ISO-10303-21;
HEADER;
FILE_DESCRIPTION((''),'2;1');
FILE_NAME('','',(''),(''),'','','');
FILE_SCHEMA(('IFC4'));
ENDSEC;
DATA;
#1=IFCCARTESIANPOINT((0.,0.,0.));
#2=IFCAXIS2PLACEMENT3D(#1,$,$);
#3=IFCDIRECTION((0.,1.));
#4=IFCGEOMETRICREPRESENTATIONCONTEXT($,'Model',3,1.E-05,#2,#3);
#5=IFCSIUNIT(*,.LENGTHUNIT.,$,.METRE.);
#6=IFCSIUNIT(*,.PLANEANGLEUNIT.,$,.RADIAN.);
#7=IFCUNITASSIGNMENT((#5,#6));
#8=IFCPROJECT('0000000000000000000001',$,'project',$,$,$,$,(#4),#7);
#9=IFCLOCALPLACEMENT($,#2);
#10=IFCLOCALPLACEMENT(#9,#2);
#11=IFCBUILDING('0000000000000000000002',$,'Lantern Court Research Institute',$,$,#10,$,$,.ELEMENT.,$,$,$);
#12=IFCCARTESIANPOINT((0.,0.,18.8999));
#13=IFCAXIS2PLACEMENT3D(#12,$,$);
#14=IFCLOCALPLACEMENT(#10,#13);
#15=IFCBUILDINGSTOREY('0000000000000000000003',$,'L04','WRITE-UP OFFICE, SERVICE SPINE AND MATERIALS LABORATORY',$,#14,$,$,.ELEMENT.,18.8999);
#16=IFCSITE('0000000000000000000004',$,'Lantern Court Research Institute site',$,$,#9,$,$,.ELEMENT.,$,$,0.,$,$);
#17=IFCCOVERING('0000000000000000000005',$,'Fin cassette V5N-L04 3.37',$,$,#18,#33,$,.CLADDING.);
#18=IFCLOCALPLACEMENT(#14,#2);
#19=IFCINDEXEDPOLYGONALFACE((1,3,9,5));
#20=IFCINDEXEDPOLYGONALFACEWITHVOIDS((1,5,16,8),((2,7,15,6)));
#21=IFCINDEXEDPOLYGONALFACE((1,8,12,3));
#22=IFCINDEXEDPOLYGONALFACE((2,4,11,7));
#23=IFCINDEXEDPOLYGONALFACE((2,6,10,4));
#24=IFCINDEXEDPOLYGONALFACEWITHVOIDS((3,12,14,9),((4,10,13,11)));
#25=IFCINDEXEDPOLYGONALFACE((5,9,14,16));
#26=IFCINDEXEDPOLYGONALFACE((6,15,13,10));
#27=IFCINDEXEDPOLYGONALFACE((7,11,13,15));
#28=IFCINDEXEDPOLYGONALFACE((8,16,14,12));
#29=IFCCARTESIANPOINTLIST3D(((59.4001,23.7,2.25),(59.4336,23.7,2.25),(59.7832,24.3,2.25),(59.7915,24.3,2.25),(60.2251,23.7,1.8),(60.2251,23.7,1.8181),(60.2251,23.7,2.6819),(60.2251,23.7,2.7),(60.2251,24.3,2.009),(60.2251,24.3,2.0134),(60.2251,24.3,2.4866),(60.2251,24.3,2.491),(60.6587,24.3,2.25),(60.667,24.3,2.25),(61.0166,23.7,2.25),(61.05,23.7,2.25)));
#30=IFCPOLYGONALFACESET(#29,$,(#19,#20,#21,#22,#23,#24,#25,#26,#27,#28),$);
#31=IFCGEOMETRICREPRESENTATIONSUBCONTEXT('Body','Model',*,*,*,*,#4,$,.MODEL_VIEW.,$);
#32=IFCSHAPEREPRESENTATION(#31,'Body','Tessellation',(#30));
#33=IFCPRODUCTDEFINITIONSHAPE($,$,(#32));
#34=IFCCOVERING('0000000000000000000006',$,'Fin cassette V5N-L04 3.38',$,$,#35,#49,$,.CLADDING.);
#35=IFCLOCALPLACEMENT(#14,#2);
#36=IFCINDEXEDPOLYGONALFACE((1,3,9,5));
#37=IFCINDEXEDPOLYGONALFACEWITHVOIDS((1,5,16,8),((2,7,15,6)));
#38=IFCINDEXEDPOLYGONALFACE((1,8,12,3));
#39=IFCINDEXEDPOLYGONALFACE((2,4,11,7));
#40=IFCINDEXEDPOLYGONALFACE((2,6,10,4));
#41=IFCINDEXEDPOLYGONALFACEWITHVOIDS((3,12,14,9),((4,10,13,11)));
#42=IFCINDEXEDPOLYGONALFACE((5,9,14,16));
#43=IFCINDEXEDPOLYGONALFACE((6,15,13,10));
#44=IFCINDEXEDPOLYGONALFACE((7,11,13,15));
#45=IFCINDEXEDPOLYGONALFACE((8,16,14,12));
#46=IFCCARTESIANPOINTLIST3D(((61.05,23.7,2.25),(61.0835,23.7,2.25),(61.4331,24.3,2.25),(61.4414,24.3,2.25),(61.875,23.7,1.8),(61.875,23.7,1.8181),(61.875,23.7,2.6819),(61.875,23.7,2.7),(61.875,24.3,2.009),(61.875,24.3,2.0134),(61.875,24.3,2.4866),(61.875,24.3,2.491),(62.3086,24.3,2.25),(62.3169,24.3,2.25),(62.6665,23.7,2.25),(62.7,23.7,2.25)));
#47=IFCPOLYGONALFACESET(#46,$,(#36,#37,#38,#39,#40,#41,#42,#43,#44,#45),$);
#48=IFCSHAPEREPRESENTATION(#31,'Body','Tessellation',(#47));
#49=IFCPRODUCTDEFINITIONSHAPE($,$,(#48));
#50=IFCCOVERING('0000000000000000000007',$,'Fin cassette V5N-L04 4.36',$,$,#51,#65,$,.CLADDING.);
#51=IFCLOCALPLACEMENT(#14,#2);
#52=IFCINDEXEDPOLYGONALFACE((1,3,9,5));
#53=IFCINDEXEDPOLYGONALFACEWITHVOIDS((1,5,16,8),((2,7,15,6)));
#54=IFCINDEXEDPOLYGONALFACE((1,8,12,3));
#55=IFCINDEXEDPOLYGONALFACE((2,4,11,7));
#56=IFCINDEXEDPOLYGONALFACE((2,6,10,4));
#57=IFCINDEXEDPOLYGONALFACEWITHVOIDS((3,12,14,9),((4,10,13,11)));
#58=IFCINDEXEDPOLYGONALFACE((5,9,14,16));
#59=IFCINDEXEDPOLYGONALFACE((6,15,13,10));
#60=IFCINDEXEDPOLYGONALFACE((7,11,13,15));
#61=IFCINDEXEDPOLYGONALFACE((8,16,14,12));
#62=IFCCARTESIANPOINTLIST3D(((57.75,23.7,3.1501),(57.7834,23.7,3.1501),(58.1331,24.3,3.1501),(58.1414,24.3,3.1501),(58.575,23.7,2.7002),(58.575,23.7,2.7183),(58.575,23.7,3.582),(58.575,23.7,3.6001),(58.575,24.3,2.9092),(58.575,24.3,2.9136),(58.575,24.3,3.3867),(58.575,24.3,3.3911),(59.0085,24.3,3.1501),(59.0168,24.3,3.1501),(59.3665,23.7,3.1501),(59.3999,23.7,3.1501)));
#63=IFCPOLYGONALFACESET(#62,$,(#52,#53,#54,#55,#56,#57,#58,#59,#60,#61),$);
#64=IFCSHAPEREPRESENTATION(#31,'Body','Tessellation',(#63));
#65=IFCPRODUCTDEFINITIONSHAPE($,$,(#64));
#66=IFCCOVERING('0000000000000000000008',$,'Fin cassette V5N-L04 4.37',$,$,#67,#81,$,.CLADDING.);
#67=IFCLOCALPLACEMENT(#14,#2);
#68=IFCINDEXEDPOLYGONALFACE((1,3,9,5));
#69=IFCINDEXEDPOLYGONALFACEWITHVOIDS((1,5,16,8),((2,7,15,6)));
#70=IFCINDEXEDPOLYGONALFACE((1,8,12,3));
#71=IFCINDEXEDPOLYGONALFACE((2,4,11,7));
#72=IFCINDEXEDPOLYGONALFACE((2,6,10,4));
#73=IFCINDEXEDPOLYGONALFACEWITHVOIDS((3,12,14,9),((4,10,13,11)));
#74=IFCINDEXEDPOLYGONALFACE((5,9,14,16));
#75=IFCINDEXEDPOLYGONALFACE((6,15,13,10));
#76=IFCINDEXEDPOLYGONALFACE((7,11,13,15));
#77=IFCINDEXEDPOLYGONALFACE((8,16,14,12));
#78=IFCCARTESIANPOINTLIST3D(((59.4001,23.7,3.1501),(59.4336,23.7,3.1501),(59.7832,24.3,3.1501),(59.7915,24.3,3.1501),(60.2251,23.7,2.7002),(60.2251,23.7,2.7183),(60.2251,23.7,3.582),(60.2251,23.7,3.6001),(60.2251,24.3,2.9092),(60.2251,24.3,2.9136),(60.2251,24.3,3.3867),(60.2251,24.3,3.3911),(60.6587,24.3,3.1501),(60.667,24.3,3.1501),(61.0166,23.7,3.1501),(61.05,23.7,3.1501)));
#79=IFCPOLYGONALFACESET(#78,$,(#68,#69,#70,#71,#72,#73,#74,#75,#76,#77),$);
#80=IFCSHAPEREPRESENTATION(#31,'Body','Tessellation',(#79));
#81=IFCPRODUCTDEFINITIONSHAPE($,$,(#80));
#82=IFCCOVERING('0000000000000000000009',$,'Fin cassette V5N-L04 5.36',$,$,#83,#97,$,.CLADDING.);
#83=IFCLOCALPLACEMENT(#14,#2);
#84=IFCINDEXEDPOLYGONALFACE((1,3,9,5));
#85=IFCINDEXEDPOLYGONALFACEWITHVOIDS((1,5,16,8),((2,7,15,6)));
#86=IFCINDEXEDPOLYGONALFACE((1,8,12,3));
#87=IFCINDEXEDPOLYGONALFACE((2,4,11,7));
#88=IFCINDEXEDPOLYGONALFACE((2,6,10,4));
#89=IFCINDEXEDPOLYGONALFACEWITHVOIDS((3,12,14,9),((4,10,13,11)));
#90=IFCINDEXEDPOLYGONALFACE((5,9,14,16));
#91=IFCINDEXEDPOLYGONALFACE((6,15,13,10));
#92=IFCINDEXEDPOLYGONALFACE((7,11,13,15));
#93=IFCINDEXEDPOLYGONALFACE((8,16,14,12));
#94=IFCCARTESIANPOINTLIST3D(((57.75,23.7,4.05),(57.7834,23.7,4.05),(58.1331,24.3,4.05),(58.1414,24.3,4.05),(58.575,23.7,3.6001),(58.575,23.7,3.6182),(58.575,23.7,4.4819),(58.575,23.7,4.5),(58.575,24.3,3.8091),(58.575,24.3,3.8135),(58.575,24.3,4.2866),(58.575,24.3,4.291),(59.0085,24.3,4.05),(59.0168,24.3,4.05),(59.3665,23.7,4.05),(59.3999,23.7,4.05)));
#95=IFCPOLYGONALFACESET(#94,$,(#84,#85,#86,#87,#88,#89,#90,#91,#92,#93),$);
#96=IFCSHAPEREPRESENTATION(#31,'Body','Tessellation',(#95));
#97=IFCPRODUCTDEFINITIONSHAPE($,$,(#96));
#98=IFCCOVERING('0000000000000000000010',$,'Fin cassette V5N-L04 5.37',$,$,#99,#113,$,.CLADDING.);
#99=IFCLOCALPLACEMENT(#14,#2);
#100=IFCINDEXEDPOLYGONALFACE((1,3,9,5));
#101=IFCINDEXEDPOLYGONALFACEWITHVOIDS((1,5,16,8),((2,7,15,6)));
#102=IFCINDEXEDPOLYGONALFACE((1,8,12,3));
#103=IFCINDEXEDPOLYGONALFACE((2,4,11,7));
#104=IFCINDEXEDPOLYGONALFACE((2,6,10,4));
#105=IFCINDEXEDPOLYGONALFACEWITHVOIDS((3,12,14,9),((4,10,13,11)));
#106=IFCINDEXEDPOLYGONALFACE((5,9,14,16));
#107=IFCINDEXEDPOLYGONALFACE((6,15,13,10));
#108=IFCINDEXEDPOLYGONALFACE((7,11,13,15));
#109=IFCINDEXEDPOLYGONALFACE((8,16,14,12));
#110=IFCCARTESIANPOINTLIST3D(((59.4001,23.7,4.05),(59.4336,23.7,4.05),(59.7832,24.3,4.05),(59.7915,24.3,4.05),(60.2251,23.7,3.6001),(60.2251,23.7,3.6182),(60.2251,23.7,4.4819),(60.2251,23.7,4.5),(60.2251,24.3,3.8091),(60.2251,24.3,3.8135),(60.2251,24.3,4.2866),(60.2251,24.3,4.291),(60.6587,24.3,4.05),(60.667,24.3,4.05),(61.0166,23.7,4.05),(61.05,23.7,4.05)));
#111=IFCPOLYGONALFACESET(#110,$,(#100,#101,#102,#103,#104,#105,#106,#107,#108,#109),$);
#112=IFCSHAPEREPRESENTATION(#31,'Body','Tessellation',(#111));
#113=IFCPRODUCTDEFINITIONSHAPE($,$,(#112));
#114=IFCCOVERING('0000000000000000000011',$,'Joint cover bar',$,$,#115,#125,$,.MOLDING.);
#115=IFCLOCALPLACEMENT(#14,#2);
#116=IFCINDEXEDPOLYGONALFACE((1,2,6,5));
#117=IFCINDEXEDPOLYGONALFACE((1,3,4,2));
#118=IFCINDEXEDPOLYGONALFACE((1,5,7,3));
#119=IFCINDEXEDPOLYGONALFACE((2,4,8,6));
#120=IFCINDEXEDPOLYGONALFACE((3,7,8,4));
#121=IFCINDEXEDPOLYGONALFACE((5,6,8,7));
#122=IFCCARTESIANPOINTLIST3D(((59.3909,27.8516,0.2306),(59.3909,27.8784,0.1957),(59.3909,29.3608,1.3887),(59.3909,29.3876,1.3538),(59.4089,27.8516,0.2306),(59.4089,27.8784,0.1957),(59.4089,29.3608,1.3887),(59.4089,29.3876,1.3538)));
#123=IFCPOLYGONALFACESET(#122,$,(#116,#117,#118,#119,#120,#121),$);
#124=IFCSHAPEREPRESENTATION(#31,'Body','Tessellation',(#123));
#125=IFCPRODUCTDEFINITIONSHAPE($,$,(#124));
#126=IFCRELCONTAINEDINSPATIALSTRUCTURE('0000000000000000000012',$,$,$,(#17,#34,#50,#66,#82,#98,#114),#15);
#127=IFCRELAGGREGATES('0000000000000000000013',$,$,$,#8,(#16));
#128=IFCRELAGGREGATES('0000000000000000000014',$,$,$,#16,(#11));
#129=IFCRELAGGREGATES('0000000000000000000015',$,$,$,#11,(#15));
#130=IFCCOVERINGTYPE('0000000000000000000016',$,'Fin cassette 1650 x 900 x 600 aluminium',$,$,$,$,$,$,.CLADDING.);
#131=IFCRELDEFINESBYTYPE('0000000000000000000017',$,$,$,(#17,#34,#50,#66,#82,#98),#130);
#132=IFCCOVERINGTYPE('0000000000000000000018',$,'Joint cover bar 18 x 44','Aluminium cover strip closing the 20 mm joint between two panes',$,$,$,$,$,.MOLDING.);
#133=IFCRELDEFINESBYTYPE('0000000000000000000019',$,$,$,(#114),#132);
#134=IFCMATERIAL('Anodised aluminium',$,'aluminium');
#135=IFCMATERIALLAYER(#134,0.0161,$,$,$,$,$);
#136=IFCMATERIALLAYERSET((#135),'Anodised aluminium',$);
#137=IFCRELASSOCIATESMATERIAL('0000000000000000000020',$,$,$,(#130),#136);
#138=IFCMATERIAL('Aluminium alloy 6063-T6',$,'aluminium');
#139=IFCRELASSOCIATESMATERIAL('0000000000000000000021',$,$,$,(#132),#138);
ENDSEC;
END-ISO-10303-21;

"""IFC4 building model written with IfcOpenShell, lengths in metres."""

from ifc_helpers import new_model, entity, si_unit, direction, frame, origin, origin_2d, place, context, subcontext, project, spatial, rectangle, extrude, material, layer, layer_set, material_profile, profile_set, type_object, element, save


model = new_model("IFC4")

# Units and contexts
model_context = context("Model", 3, precision=1e-05, world=origin(), true_north=direction((0.0, 1.0)))
body_context = subcontext(model_context, "Body", "Model", "MODEL_VIEW")
ifc_project = project(units=[si_unit("LENGTHUNIT", "METRE"), si_unit("PLANEANGLEUNIT", "RADIAN")], contexts=[model_context])

# Site, building, storey
site_placement = place(None, origin())
site = spatial("IfcSite", under=ifc_project, at=site_placement, Name="Lantern Court Research Institute site", CompositionType="ELEMENT", RefElevation=0.0)
building_placement = place(site_placement, origin())
building = spatial("IfcBuilding", under=site, at=building_placement, Name="Lantern Court Research Institute", CompositionType="ELEMENT")
storey_placement = place(building_placement, frame((0.0, 0.0, 18.8999)))
storey = spatial("IfcBuildingStorey", under=building, at=storey_placement, Name="L04", Description="WRITE-UP OFFICE, SERVICE SPINE AND MATERIALS LABORATORY", CompositionType="ELEMENT", Elevation=18.8999)

# Coverings
ifc_material_1 = material(Name="Anodised aluminium", Category="aluminium")
ifc_layer_1 = layer(ifc_material_1, 0.0161)
ifc_layer_set_1 = layer_set([ifc_layer_1], Name="Anodised aluminium")
covering_type_1 = type_object("IfcCoveringType", Name="Fin cassette 1650 x 900 x 600 aluminium", PredefinedType="CLADDING", material=ifc_layer_set_1)
covering_1_placement = place(storey_placement, frame((60.2251, 23.7, 2.25), z_axis=(0.0, 1.0, 0.0), x_axis=(-1.0, 0.0, 0.0)))
cartesian_point_1 = entity("IfcCartesianPoint", [0.825, 0.0])
cartesian_point_2 = entity("IfcCartesianPoint", [0.7915, 0.0])
cartesian_point_3 = entity("IfcCartesianPoint", [0.4419, 0.0])
cartesian_point_4 = entity("IfcCartesianPoint", [0.4336, 0.0])
element("IfcCovering", 1, at=covering_1_placement, inside=storey, type_object=covering_type_1, Name="Fin cassette V5N-L04 3.37", PredefinedType="CLADDING", context=body_context, shape_type="SweptSolid", body=[
    entity("IfcExtrudedAreaSolidTapered", entity("IfcArbitraryProfileDefWithVoids", "AREA", None, entity("IfcPolyline", [cartesian_point_1, entity("IfcCartesianPoint", [0.0, 0.45]), entity("IfcCartesianPoint", [-0.825, 0.0]), entity("IfcCartesianPoint", [0.0, -0.45]), cartesian_point_1]), [entity("IfcPolyline", [cartesian_point_2, entity("IfcCartesianPoint", [0.0, 0.4319]), entity("IfcCartesianPoint", [-0.7915, 0.0]), entity("IfcCartesianPoint", [0.0, -0.4319]), cartesian_point_2])]), entity("IfcAxis2Placement3D", entity("IfcCartesianPoint", [0.0, 0.0, 0.0])), entity("IfcDirection", [0.0, 0.0, 1.0]), 0.6001, entity("IfcArbitraryProfileDefWithVoids", "AREA", None, entity("IfcPolyline", [cartesian_point_3, entity("IfcCartesianPoint", [0.0, 0.241]), entity("IfcCartesianPoint", [-0.4419, 0.0]), entity("IfcCartesianPoint", [0.0, -0.241]), cartesian_point_3]), [entity("IfcPolyline", [cartesian_point_4, entity("IfcCartesianPoint", [0.0, 0.2366]), entity("IfcCartesianPoint", [-0.4336, 0.0]), entity("IfcCartesianPoint", [0.0, -0.2366]), cartesian_point_4])])),
])
covering_2_placement = place(storey_placement, frame((61.875, 23.7, 2.25), z_axis=(0.0, 1.0, 0.0), x_axis=(-1.0, 0.0, 0.0)))
cartesian_point_5 = entity("IfcCartesianPoint", [0.825, 0.0])
cartesian_point_6 = entity("IfcCartesianPoint", [0.7915, 0.0])
cartesian_point_7 = entity("IfcCartesianPoint", [0.4419, 0.0])
cartesian_point_8 = entity("IfcCartesianPoint", [0.4336, 0.0])
element("IfcCovering", 2, at=covering_2_placement, inside=storey, type_object=covering_type_1, Name="Fin cassette V5N-L04 3.38", PredefinedType="CLADDING", context=body_context, shape_type="SweptSolid", body=[
    entity("IfcExtrudedAreaSolidTapered", entity("IfcArbitraryProfileDefWithVoids", "AREA", None, entity("IfcPolyline", [cartesian_point_5, entity("IfcCartesianPoint", [0.0, 0.45]), entity("IfcCartesianPoint", [-0.825, 0.0]), entity("IfcCartesianPoint", [0.0, -0.45]), cartesian_point_5]), [entity("IfcPolyline", [cartesian_point_6, entity("IfcCartesianPoint", [0.0, 0.4319]), entity("IfcCartesianPoint", [-0.7915, 0.0]), entity("IfcCartesianPoint", [0.0, -0.4319]), cartesian_point_6])]), entity("IfcAxis2Placement3D", entity("IfcCartesianPoint", [0.0, 0.0, 0.0])), entity("IfcDirection", [0.0, 0.0, 1.0]), 0.6001, entity("IfcArbitraryProfileDefWithVoids", "AREA", None, entity("IfcPolyline", [cartesian_point_7, entity("IfcCartesianPoint", [0.0, 0.241]), entity("IfcCartesianPoint", [-0.4419, 0.0]), entity("IfcCartesianPoint", [0.0, -0.241]), cartesian_point_7]), [entity("IfcPolyline", [cartesian_point_8, entity("IfcCartesianPoint", [0.0, 0.2366]), entity("IfcCartesianPoint", [-0.4336, 0.0]), entity("IfcCartesianPoint", [0.0, -0.2366]), cartesian_point_8])])),
])
covering_3_placement = place(storey_placement, frame((58.575, 23.7, 3.1501), z_axis=(0.0, 1.0, 0.0), x_axis=(-1.0, 0.0, 0.0)))
cartesian_point_9 = entity("IfcCartesianPoint", [0.825, 0.0])
cartesian_point_10 = entity("IfcCartesianPoint", [0.7915, 0.0])
cartesian_point_11 = entity("IfcCartesianPoint", [0.4419, 0.0])
cartesian_point_12 = entity("IfcCartesianPoint", [0.4336, 0.0])
element("IfcCovering", 3, at=covering_3_placement, inside=storey, type_object=covering_type_1, Name="Fin cassette V5N-L04 4.36", PredefinedType="CLADDING", context=body_context, shape_type="SweptSolid", body=[
    entity("IfcExtrudedAreaSolidTapered", entity("IfcArbitraryProfileDefWithVoids", "AREA", None, entity("IfcPolyline", [cartesian_point_9, entity("IfcCartesianPoint", [0.0, 0.45]), entity("IfcCartesianPoint", [-0.825, 0.0]), entity("IfcCartesianPoint", [0.0, -0.45]), cartesian_point_9]), [entity("IfcPolyline", [cartesian_point_10, entity("IfcCartesianPoint", [0.0, 0.4319]), entity("IfcCartesianPoint", [-0.7915, 0.0]), entity("IfcCartesianPoint", [0.0, -0.4319]), cartesian_point_10])]), entity("IfcAxis2Placement3D", entity("IfcCartesianPoint", [0.0, 0.0, 0.0])), entity("IfcDirection", [0.0, 0.0, 1.0]), 0.6001, entity("IfcArbitraryProfileDefWithVoids", "AREA", None, entity("IfcPolyline", [cartesian_point_11, entity("IfcCartesianPoint", [0.0, 0.241]), entity("IfcCartesianPoint", [-0.4419, 0.0]), entity("IfcCartesianPoint", [0.0, -0.241]), cartesian_point_11]), [entity("IfcPolyline", [cartesian_point_12, entity("IfcCartesianPoint", [0.0, 0.2366]), entity("IfcCartesianPoint", [-0.4336, 0.0]), entity("IfcCartesianPoint", [0.0, -0.2366]), cartesian_point_12])])),
])
covering_4_placement = place(storey_placement, frame((60.2251, 23.7, 3.1501), z_axis=(0.0, 1.0, 0.0), x_axis=(-1.0, 0.0, 0.0)))
cartesian_point_13 = entity("IfcCartesianPoint", [0.825, 0.0])
cartesian_point_14 = entity("IfcCartesianPoint", [0.7915, 0.0])
cartesian_point_15 = entity("IfcCartesianPoint", [0.4419, 0.0])
cartesian_point_16 = entity("IfcCartesianPoint", [0.4336, 0.0])
element("IfcCovering", 4, at=covering_4_placement, inside=storey, type_object=covering_type_1, Name="Fin cassette V5N-L04 4.37", PredefinedType="CLADDING", context=body_context, shape_type="SweptSolid", body=[
    entity("IfcExtrudedAreaSolidTapered", entity("IfcArbitraryProfileDefWithVoids", "AREA", None, entity("IfcPolyline", [cartesian_point_13, entity("IfcCartesianPoint", [0.0, 0.45]), entity("IfcCartesianPoint", [-0.825, 0.0]), entity("IfcCartesianPoint", [0.0, -0.45]), cartesian_point_13]), [entity("IfcPolyline", [cartesian_point_14, entity("IfcCartesianPoint", [0.0, 0.4319]), entity("IfcCartesianPoint", [-0.7915, 0.0]), entity("IfcCartesianPoint", [0.0, -0.4319]), cartesian_point_14])]), entity("IfcAxis2Placement3D", entity("IfcCartesianPoint", [0.0, 0.0, 0.0])), entity("IfcDirection", [0.0, 0.0, 1.0]), 0.6001, entity("IfcArbitraryProfileDefWithVoids", "AREA", None, entity("IfcPolyline", [cartesian_point_15, entity("IfcCartesianPoint", [0.0, 0.241]), entity("IfcCartesianPoint", [-0.4419, 0.0]), entity("IfcCartesianPoint", [0.0, -0.241]), cartesian_point_15]), [entity("IfcPolyline", [cartesian_point_16, entity("IfcCartesianPoint", [0.0, 0.2366]), entity("IfcCartesianPoint", [-0.4336, 0.0]), entity("IfcCartesianPoint", [0.0, -0.2366]), cartesian_point_16])])),
])
covering_5_placement = place(storey_placement, frame((58.575, 23.7, 4.05), z_axis=(0.0, 1.0, 0.0), x_axis=(-1.0, 0.0, 0.0)))
cartesian_point_17 = entity("IfcCartesianPoint", [0.825, 0.0])
cartesian_point_18 = entity("IfcCartesianPoint", [0.7915, 0.0])
cartesian_point_19 = entity("IfcCartesianPoint", [0.4419, 0.0])
cartesian_point_20 = entity("IfcCartesianPoint", [0.4336, 0.0])
element("IfcCovering", 5, at=covering_5_placement, inside=storey, type_object=covering_type_1, Name="Fin cassette V5N-L04 5.36", PredefinedType="CLADDING", context=body_context, shape_type="SweptSolid", body=[
    entity("IfcExtrudedAreaSolidTapered", entity("IfcArbitraryProfileDefWithVoids", "AREA", None, entity("IfcPolyline", [cartesian_point_17, entity("IfcCartesianPoint", [0.0, 0.45]), entity("IfcCartesianPoint", [-0.825, 0.0]), entity("IfcCartesianPoint", [0.0, -0.45]), cartesian_point_17]), [entity("IfcPolyline", [cartesian_point_18, entity("IfcCartesianPoint", [0.0, 0.4319]), entity("IfcCartesianPoint", [-0.7915, 0.0]), entity("IfcCartesianPoint", [0.0, -0.4319]), cartesian_point_18])]), entity("IfcAxis2Placement3D", entity("IfcCartesianPoint", [0.0, 0.0, 0.0])), entity("IfcDirection", [0.0, 0.0, 1.0]), 0.6001, entity("IfcArbitraryProfileDefWithVoids", "AREA", None, entity("IfcPolyline", [cartesian_point_19, entity("IfcCartesianPoint", [0.0, 0.241]), entity("IfcCartesianPoint", [-0.4419, 0.0]), entity("IfcCartesianPoint", [0.0, -0.241]), cartesian_point_19]), [entity("IfcPolyline", [cartesian_point_20, entity("IfcCartesianPoint", [0.0, 0.2366]), entity("IfcCartesianPoint", [-0.4336, 0.0]), entity("IfcCartesianPoint", [0.0, -0.2366]), cartesian_point_20])])),
])
covering_6_placement = place(storey_placement, frame((60.2251, 23.7, 4.05), z_axis=(0.0, 1.0, 0.0), x_axis=(-1.0, 0.0, 0.0)))
cartesian_point_21 = entity("IfcCartesianPoint", [0.825, 0.0])
cartesian_point_22 = entity("IfcCartesianPoint", [0.7915, 0.0])
cartesian_point_23 = entity("IfcCartesianPoint", [0.4419, 0.0])
cartesian_point_24 = entity("IfcCartesianPoint", [0.4336, 0.0])
element("IfcCovering", 6, at=covering_6_placement, inside=storey, type_object=covering_type_1, Name="Fin cassette V5N-L04 5.37", PredefinedType="CLADDING", context=body_context, shape_type="SweptSolid", body=[
    entity("IfcExtrudedAreaSolidTapered", entity("IfcArbitraryProfileDefWithVoids", "AREA", None, entity("IfcPolyline", [cartesian_point_21, entity("IfcCartesianPoint", [0.0, 0.45]), entity("IfcCartesianPoint", [-0.825, 0.0]), entity("IfcCartesianPoint", [0.0, -0.45]), cartesian_point_21]), [entity("IfcPolyline", [cartesian_point_22, entity("IfcCartesianPoint", [0.0, 0.4319]), entity("IfcCartesianPoint", [-0.7915, 0.0]), entity("IfcCartesianPoint", [0.0, -0.4319]), cartesian_point_22])]), entity("IfcAxis2Placement3D", entity("IfcCartesianPoint", [0.0, 0.0, 0.0])), entity("IfcDirection", [0.0, 0.0, 1.0]), 0.6001, entity("IfcArbitraryProfileDefWithVoids", "AREA", None, entity("IfcPolyline", [cartesian_point_23, entity("IfcCartesianPoint", [0.0, 0.241]), entity("IfcCartesianPoint", [-0.4419, 0.0]), entity("IfcCartesianPoint", [0.0, -0.241]), cartesian_point_23]), [entity("IfcPolyline", [cartesian_point_24, entity("IfcCartesianPoint", [0.0, 0.2366]), entity("IfcCartesianPoint", [-0.4336, 0.0]), entity("IfcCartesianPoint", [0.0, -0.2366]), cartesian_point_24])])),
])
ifc_material_2 = material(Name="Aluminium alloy 6063-T6", Category="aluminium")
ifc_material_profile_1 = material_profile(ifc_material_2, rectangle(XDim=0.0181, YDim=0.0439, at=origin_2d()), Name="Joint cover bar 18 x 44")
ifc_profile_set_1 = profile_set([ifc_material_profile_1], Name="Aluminium alloy 6063-T6")
covering_type_2 = type_object("IfcCoveringType", Name="Joint cover bar 18 x 44", Description="Aluminium cover strip closing the 20 mm joint between two panes", PredefinedType="MOLDING", material=ifc_profile_set_1)
covering_7_placement = place(storey_placement, frame((59.3999, 27.865, 0.2131), z_axis=(0.0, 0.79333, 0.608792), x_axis=(-1.0, 0.0, 0.0)))
element("IfcCovering", 7, at=covering_7_placement, inside=storey, type_object=covering_type_2, Name="Joint cover bar", PredefinedType="MOLDING", context=body_context, shape_type="SweptSolid", body=[
    extrude(rectangle(XDim=0.0181, YDim=0.0439, at=origin_2d()), origin(), (0.0, 0.0, 1.0), 1.9023),
])

save(model, "model.ifc")
